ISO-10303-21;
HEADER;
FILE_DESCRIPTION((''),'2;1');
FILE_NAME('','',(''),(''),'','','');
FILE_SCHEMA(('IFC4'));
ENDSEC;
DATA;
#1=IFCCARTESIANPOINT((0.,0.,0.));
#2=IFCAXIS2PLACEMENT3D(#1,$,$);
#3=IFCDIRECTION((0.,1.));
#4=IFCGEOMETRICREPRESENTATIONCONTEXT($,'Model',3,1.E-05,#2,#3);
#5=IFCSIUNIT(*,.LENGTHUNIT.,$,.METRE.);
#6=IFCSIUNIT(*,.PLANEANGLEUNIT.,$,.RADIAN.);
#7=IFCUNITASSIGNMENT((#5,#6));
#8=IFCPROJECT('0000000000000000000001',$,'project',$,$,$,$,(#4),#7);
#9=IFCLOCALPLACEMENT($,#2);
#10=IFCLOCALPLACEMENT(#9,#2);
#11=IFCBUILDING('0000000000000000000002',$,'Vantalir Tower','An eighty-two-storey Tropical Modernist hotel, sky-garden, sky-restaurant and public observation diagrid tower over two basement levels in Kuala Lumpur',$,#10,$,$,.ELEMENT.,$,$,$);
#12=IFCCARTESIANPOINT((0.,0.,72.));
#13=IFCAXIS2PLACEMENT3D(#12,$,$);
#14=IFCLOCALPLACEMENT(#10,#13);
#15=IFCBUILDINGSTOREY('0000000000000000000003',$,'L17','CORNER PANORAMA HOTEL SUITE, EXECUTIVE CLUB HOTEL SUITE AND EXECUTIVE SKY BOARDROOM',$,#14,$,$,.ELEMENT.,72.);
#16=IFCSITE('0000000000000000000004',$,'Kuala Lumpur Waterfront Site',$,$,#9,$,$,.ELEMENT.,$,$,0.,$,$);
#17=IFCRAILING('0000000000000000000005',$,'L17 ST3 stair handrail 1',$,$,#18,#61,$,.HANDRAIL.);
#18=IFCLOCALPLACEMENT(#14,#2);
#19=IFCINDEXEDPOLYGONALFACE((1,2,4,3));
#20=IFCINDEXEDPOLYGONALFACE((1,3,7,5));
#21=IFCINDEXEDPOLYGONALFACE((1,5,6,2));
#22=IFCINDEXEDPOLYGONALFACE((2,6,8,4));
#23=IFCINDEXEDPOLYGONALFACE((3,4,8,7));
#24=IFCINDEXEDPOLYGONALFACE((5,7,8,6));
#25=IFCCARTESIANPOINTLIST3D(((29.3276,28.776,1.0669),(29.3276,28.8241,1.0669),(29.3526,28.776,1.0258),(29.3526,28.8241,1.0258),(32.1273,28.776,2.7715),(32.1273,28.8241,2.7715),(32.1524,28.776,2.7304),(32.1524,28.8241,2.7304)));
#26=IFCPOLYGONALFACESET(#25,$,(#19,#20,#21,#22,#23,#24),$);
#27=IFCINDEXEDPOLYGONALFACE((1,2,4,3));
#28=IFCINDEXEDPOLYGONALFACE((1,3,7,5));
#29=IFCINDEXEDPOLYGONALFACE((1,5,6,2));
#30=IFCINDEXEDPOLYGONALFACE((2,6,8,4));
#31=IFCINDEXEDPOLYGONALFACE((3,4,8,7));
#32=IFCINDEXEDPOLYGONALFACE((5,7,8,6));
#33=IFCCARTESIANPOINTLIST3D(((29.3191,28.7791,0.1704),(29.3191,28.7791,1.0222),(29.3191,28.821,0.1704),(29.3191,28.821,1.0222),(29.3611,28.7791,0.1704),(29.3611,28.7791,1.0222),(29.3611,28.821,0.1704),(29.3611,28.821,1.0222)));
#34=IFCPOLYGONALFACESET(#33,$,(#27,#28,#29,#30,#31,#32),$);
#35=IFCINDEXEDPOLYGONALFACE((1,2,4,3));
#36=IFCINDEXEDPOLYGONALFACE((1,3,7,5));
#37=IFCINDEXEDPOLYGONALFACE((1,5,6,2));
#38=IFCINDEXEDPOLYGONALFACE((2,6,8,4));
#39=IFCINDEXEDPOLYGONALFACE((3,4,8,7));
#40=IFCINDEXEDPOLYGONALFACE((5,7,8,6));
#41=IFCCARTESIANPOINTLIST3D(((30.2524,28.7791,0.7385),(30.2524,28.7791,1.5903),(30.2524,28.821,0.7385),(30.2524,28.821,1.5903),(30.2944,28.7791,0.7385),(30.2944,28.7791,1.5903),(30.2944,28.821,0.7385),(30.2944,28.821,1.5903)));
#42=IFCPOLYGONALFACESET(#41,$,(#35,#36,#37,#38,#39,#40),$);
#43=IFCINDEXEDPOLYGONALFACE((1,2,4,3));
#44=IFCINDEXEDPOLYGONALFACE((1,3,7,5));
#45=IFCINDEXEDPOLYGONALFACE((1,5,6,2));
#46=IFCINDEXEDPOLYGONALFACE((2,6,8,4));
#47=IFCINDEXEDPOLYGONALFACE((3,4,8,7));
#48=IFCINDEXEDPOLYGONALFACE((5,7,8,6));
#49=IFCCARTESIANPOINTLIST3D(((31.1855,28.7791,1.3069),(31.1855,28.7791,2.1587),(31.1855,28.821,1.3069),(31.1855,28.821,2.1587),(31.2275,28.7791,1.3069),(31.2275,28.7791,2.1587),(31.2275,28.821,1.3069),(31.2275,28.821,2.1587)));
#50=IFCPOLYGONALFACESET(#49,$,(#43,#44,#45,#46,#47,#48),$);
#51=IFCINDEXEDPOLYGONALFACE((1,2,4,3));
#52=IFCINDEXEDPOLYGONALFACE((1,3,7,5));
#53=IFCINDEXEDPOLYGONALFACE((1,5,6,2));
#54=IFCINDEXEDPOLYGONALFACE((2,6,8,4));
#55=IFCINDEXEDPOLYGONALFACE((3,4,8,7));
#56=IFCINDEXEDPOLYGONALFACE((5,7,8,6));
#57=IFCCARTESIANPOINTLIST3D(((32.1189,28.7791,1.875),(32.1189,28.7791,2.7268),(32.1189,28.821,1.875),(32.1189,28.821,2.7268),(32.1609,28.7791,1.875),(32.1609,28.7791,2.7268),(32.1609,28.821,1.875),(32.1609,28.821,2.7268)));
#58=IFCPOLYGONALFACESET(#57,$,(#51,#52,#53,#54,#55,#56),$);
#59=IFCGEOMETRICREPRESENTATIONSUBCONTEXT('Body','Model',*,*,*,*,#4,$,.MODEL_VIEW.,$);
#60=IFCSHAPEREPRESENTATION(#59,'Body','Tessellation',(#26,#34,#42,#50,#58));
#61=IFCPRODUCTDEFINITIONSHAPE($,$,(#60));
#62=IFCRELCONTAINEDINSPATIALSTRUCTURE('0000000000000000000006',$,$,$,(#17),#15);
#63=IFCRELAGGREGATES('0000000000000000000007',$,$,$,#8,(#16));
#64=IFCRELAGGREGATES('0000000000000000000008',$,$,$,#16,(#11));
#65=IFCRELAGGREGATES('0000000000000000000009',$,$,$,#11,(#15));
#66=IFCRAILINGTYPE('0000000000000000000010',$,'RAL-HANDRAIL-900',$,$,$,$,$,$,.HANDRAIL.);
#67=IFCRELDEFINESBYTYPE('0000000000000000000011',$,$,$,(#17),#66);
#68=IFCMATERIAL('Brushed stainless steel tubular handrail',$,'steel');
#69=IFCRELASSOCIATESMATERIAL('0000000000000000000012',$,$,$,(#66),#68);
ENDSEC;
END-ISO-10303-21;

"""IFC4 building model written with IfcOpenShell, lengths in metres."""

from ifc_helpers import new_model, si_unit, direction, frame, origin, origin_2d, place, context, subcontext, project, spatial, rectangle, extrude, material, type_object, element, save


model = new_model("IFC4")

# Units and contexts
model_context = context("Model", 3, precision=1e-05, world=origin(), true_north=direction((0.0, 1.0)))
body_context = subcontext(model_context, "Body", "Model", "MODEL_VIEW")
ifc_project = project(units=[si_unit("LENGTHUNIT", "METRE"), si_unit("PLANEANGLEUNIT", "RADIAN")], contexts=[model_context])

# Site, building, storey
site_placement = place(None, origin())
site = spatial("IfcSite", under=ifc_project, at=site_placement, Name="Kuala Lumpur Waterfront Site", CompositionType="ELEMENT", RefElevation=0.0)
building_placement = place(site_placement, origin())
building = spatial("IfcBuilding", under=site, at=building_placement, Name="Vantalir Tower", Description="An eighty-two-storey Tropical Modernist hotel, sky-garden, sky-restaurant and public observation diagrid tower over two basement levels in Kuala Lumpur", CompositionType="ELEMENT")
storey_placement = place(building_placement, frame((0.0, 0.0, 72.0)))
storey = spatial("IfcBuildingStorey", under=building, at=storey_placement, Name="L17", Description="CORNER PANORAMA HOTEL SUITE, EXECUTIVE CLUB HOTEL SUITE AND EXECUTIVE SKY BOARDROOM", CompositionType="ELEMENT", Elevation=72.0)

# Railing
ifc_material_1 = material(Name="Brushed stainless steel tubular handrail", Category="steel")
railing_type_1 = type_object("IfcRailingType", Name="RAL-HANDRAIL-900", PredefinedType="HANDRAIL", material=ifc_material_1)
railing_1_placement = place(storey_placement, frame((29.3401, 28.8, 0.1704)))
element("IfcRailing", 1, at=railing_1_placement, inside=storey, type_object=railing_type_1, Name="L17 ST3 stair handrail 1", PredefinedType="HANDRAIL", context=body_context, shape_type="SweptSolid", body=[
    extrude(rectangle(XDim=0.0481, YDim=0.0481, at=origin_2d()), frame((0.0, 0.0, 0.876), z_axis=(0.85415, 0.0, 0.520027), x_axis=(0.0, 1.0, 0.0)), (0.0, 0.0, 1.0), 3.2778),
    extrude(rectangle(XDim=0.042, YDim=0.042, at=origin_2d()), origin(), (0.0, 0.0, 1.0), 0.8518),
    extrude(rectangle(XDim=0.042, YDim=0.042, at=origin_2d()), frame((0.9333, 0.0, 0.5681)), (0.0, 0.0, 1.0), 0.8518),
    extrude(rectangle(XDim=0.042, YDim=0.042, at=origin_2d()), frame((1.8665, 0.0, 1.1365)), (0.0, 0.0, 1.0), 0.8518),
    extrude(rectangle(XDim=0.042, YDim=0.042, at=origin_2d()), frame((2.7998, 0.0, 1.7046)), (0.0, 0.0, 1.0), 0.8518),
])

save(model, "model.ifc")
